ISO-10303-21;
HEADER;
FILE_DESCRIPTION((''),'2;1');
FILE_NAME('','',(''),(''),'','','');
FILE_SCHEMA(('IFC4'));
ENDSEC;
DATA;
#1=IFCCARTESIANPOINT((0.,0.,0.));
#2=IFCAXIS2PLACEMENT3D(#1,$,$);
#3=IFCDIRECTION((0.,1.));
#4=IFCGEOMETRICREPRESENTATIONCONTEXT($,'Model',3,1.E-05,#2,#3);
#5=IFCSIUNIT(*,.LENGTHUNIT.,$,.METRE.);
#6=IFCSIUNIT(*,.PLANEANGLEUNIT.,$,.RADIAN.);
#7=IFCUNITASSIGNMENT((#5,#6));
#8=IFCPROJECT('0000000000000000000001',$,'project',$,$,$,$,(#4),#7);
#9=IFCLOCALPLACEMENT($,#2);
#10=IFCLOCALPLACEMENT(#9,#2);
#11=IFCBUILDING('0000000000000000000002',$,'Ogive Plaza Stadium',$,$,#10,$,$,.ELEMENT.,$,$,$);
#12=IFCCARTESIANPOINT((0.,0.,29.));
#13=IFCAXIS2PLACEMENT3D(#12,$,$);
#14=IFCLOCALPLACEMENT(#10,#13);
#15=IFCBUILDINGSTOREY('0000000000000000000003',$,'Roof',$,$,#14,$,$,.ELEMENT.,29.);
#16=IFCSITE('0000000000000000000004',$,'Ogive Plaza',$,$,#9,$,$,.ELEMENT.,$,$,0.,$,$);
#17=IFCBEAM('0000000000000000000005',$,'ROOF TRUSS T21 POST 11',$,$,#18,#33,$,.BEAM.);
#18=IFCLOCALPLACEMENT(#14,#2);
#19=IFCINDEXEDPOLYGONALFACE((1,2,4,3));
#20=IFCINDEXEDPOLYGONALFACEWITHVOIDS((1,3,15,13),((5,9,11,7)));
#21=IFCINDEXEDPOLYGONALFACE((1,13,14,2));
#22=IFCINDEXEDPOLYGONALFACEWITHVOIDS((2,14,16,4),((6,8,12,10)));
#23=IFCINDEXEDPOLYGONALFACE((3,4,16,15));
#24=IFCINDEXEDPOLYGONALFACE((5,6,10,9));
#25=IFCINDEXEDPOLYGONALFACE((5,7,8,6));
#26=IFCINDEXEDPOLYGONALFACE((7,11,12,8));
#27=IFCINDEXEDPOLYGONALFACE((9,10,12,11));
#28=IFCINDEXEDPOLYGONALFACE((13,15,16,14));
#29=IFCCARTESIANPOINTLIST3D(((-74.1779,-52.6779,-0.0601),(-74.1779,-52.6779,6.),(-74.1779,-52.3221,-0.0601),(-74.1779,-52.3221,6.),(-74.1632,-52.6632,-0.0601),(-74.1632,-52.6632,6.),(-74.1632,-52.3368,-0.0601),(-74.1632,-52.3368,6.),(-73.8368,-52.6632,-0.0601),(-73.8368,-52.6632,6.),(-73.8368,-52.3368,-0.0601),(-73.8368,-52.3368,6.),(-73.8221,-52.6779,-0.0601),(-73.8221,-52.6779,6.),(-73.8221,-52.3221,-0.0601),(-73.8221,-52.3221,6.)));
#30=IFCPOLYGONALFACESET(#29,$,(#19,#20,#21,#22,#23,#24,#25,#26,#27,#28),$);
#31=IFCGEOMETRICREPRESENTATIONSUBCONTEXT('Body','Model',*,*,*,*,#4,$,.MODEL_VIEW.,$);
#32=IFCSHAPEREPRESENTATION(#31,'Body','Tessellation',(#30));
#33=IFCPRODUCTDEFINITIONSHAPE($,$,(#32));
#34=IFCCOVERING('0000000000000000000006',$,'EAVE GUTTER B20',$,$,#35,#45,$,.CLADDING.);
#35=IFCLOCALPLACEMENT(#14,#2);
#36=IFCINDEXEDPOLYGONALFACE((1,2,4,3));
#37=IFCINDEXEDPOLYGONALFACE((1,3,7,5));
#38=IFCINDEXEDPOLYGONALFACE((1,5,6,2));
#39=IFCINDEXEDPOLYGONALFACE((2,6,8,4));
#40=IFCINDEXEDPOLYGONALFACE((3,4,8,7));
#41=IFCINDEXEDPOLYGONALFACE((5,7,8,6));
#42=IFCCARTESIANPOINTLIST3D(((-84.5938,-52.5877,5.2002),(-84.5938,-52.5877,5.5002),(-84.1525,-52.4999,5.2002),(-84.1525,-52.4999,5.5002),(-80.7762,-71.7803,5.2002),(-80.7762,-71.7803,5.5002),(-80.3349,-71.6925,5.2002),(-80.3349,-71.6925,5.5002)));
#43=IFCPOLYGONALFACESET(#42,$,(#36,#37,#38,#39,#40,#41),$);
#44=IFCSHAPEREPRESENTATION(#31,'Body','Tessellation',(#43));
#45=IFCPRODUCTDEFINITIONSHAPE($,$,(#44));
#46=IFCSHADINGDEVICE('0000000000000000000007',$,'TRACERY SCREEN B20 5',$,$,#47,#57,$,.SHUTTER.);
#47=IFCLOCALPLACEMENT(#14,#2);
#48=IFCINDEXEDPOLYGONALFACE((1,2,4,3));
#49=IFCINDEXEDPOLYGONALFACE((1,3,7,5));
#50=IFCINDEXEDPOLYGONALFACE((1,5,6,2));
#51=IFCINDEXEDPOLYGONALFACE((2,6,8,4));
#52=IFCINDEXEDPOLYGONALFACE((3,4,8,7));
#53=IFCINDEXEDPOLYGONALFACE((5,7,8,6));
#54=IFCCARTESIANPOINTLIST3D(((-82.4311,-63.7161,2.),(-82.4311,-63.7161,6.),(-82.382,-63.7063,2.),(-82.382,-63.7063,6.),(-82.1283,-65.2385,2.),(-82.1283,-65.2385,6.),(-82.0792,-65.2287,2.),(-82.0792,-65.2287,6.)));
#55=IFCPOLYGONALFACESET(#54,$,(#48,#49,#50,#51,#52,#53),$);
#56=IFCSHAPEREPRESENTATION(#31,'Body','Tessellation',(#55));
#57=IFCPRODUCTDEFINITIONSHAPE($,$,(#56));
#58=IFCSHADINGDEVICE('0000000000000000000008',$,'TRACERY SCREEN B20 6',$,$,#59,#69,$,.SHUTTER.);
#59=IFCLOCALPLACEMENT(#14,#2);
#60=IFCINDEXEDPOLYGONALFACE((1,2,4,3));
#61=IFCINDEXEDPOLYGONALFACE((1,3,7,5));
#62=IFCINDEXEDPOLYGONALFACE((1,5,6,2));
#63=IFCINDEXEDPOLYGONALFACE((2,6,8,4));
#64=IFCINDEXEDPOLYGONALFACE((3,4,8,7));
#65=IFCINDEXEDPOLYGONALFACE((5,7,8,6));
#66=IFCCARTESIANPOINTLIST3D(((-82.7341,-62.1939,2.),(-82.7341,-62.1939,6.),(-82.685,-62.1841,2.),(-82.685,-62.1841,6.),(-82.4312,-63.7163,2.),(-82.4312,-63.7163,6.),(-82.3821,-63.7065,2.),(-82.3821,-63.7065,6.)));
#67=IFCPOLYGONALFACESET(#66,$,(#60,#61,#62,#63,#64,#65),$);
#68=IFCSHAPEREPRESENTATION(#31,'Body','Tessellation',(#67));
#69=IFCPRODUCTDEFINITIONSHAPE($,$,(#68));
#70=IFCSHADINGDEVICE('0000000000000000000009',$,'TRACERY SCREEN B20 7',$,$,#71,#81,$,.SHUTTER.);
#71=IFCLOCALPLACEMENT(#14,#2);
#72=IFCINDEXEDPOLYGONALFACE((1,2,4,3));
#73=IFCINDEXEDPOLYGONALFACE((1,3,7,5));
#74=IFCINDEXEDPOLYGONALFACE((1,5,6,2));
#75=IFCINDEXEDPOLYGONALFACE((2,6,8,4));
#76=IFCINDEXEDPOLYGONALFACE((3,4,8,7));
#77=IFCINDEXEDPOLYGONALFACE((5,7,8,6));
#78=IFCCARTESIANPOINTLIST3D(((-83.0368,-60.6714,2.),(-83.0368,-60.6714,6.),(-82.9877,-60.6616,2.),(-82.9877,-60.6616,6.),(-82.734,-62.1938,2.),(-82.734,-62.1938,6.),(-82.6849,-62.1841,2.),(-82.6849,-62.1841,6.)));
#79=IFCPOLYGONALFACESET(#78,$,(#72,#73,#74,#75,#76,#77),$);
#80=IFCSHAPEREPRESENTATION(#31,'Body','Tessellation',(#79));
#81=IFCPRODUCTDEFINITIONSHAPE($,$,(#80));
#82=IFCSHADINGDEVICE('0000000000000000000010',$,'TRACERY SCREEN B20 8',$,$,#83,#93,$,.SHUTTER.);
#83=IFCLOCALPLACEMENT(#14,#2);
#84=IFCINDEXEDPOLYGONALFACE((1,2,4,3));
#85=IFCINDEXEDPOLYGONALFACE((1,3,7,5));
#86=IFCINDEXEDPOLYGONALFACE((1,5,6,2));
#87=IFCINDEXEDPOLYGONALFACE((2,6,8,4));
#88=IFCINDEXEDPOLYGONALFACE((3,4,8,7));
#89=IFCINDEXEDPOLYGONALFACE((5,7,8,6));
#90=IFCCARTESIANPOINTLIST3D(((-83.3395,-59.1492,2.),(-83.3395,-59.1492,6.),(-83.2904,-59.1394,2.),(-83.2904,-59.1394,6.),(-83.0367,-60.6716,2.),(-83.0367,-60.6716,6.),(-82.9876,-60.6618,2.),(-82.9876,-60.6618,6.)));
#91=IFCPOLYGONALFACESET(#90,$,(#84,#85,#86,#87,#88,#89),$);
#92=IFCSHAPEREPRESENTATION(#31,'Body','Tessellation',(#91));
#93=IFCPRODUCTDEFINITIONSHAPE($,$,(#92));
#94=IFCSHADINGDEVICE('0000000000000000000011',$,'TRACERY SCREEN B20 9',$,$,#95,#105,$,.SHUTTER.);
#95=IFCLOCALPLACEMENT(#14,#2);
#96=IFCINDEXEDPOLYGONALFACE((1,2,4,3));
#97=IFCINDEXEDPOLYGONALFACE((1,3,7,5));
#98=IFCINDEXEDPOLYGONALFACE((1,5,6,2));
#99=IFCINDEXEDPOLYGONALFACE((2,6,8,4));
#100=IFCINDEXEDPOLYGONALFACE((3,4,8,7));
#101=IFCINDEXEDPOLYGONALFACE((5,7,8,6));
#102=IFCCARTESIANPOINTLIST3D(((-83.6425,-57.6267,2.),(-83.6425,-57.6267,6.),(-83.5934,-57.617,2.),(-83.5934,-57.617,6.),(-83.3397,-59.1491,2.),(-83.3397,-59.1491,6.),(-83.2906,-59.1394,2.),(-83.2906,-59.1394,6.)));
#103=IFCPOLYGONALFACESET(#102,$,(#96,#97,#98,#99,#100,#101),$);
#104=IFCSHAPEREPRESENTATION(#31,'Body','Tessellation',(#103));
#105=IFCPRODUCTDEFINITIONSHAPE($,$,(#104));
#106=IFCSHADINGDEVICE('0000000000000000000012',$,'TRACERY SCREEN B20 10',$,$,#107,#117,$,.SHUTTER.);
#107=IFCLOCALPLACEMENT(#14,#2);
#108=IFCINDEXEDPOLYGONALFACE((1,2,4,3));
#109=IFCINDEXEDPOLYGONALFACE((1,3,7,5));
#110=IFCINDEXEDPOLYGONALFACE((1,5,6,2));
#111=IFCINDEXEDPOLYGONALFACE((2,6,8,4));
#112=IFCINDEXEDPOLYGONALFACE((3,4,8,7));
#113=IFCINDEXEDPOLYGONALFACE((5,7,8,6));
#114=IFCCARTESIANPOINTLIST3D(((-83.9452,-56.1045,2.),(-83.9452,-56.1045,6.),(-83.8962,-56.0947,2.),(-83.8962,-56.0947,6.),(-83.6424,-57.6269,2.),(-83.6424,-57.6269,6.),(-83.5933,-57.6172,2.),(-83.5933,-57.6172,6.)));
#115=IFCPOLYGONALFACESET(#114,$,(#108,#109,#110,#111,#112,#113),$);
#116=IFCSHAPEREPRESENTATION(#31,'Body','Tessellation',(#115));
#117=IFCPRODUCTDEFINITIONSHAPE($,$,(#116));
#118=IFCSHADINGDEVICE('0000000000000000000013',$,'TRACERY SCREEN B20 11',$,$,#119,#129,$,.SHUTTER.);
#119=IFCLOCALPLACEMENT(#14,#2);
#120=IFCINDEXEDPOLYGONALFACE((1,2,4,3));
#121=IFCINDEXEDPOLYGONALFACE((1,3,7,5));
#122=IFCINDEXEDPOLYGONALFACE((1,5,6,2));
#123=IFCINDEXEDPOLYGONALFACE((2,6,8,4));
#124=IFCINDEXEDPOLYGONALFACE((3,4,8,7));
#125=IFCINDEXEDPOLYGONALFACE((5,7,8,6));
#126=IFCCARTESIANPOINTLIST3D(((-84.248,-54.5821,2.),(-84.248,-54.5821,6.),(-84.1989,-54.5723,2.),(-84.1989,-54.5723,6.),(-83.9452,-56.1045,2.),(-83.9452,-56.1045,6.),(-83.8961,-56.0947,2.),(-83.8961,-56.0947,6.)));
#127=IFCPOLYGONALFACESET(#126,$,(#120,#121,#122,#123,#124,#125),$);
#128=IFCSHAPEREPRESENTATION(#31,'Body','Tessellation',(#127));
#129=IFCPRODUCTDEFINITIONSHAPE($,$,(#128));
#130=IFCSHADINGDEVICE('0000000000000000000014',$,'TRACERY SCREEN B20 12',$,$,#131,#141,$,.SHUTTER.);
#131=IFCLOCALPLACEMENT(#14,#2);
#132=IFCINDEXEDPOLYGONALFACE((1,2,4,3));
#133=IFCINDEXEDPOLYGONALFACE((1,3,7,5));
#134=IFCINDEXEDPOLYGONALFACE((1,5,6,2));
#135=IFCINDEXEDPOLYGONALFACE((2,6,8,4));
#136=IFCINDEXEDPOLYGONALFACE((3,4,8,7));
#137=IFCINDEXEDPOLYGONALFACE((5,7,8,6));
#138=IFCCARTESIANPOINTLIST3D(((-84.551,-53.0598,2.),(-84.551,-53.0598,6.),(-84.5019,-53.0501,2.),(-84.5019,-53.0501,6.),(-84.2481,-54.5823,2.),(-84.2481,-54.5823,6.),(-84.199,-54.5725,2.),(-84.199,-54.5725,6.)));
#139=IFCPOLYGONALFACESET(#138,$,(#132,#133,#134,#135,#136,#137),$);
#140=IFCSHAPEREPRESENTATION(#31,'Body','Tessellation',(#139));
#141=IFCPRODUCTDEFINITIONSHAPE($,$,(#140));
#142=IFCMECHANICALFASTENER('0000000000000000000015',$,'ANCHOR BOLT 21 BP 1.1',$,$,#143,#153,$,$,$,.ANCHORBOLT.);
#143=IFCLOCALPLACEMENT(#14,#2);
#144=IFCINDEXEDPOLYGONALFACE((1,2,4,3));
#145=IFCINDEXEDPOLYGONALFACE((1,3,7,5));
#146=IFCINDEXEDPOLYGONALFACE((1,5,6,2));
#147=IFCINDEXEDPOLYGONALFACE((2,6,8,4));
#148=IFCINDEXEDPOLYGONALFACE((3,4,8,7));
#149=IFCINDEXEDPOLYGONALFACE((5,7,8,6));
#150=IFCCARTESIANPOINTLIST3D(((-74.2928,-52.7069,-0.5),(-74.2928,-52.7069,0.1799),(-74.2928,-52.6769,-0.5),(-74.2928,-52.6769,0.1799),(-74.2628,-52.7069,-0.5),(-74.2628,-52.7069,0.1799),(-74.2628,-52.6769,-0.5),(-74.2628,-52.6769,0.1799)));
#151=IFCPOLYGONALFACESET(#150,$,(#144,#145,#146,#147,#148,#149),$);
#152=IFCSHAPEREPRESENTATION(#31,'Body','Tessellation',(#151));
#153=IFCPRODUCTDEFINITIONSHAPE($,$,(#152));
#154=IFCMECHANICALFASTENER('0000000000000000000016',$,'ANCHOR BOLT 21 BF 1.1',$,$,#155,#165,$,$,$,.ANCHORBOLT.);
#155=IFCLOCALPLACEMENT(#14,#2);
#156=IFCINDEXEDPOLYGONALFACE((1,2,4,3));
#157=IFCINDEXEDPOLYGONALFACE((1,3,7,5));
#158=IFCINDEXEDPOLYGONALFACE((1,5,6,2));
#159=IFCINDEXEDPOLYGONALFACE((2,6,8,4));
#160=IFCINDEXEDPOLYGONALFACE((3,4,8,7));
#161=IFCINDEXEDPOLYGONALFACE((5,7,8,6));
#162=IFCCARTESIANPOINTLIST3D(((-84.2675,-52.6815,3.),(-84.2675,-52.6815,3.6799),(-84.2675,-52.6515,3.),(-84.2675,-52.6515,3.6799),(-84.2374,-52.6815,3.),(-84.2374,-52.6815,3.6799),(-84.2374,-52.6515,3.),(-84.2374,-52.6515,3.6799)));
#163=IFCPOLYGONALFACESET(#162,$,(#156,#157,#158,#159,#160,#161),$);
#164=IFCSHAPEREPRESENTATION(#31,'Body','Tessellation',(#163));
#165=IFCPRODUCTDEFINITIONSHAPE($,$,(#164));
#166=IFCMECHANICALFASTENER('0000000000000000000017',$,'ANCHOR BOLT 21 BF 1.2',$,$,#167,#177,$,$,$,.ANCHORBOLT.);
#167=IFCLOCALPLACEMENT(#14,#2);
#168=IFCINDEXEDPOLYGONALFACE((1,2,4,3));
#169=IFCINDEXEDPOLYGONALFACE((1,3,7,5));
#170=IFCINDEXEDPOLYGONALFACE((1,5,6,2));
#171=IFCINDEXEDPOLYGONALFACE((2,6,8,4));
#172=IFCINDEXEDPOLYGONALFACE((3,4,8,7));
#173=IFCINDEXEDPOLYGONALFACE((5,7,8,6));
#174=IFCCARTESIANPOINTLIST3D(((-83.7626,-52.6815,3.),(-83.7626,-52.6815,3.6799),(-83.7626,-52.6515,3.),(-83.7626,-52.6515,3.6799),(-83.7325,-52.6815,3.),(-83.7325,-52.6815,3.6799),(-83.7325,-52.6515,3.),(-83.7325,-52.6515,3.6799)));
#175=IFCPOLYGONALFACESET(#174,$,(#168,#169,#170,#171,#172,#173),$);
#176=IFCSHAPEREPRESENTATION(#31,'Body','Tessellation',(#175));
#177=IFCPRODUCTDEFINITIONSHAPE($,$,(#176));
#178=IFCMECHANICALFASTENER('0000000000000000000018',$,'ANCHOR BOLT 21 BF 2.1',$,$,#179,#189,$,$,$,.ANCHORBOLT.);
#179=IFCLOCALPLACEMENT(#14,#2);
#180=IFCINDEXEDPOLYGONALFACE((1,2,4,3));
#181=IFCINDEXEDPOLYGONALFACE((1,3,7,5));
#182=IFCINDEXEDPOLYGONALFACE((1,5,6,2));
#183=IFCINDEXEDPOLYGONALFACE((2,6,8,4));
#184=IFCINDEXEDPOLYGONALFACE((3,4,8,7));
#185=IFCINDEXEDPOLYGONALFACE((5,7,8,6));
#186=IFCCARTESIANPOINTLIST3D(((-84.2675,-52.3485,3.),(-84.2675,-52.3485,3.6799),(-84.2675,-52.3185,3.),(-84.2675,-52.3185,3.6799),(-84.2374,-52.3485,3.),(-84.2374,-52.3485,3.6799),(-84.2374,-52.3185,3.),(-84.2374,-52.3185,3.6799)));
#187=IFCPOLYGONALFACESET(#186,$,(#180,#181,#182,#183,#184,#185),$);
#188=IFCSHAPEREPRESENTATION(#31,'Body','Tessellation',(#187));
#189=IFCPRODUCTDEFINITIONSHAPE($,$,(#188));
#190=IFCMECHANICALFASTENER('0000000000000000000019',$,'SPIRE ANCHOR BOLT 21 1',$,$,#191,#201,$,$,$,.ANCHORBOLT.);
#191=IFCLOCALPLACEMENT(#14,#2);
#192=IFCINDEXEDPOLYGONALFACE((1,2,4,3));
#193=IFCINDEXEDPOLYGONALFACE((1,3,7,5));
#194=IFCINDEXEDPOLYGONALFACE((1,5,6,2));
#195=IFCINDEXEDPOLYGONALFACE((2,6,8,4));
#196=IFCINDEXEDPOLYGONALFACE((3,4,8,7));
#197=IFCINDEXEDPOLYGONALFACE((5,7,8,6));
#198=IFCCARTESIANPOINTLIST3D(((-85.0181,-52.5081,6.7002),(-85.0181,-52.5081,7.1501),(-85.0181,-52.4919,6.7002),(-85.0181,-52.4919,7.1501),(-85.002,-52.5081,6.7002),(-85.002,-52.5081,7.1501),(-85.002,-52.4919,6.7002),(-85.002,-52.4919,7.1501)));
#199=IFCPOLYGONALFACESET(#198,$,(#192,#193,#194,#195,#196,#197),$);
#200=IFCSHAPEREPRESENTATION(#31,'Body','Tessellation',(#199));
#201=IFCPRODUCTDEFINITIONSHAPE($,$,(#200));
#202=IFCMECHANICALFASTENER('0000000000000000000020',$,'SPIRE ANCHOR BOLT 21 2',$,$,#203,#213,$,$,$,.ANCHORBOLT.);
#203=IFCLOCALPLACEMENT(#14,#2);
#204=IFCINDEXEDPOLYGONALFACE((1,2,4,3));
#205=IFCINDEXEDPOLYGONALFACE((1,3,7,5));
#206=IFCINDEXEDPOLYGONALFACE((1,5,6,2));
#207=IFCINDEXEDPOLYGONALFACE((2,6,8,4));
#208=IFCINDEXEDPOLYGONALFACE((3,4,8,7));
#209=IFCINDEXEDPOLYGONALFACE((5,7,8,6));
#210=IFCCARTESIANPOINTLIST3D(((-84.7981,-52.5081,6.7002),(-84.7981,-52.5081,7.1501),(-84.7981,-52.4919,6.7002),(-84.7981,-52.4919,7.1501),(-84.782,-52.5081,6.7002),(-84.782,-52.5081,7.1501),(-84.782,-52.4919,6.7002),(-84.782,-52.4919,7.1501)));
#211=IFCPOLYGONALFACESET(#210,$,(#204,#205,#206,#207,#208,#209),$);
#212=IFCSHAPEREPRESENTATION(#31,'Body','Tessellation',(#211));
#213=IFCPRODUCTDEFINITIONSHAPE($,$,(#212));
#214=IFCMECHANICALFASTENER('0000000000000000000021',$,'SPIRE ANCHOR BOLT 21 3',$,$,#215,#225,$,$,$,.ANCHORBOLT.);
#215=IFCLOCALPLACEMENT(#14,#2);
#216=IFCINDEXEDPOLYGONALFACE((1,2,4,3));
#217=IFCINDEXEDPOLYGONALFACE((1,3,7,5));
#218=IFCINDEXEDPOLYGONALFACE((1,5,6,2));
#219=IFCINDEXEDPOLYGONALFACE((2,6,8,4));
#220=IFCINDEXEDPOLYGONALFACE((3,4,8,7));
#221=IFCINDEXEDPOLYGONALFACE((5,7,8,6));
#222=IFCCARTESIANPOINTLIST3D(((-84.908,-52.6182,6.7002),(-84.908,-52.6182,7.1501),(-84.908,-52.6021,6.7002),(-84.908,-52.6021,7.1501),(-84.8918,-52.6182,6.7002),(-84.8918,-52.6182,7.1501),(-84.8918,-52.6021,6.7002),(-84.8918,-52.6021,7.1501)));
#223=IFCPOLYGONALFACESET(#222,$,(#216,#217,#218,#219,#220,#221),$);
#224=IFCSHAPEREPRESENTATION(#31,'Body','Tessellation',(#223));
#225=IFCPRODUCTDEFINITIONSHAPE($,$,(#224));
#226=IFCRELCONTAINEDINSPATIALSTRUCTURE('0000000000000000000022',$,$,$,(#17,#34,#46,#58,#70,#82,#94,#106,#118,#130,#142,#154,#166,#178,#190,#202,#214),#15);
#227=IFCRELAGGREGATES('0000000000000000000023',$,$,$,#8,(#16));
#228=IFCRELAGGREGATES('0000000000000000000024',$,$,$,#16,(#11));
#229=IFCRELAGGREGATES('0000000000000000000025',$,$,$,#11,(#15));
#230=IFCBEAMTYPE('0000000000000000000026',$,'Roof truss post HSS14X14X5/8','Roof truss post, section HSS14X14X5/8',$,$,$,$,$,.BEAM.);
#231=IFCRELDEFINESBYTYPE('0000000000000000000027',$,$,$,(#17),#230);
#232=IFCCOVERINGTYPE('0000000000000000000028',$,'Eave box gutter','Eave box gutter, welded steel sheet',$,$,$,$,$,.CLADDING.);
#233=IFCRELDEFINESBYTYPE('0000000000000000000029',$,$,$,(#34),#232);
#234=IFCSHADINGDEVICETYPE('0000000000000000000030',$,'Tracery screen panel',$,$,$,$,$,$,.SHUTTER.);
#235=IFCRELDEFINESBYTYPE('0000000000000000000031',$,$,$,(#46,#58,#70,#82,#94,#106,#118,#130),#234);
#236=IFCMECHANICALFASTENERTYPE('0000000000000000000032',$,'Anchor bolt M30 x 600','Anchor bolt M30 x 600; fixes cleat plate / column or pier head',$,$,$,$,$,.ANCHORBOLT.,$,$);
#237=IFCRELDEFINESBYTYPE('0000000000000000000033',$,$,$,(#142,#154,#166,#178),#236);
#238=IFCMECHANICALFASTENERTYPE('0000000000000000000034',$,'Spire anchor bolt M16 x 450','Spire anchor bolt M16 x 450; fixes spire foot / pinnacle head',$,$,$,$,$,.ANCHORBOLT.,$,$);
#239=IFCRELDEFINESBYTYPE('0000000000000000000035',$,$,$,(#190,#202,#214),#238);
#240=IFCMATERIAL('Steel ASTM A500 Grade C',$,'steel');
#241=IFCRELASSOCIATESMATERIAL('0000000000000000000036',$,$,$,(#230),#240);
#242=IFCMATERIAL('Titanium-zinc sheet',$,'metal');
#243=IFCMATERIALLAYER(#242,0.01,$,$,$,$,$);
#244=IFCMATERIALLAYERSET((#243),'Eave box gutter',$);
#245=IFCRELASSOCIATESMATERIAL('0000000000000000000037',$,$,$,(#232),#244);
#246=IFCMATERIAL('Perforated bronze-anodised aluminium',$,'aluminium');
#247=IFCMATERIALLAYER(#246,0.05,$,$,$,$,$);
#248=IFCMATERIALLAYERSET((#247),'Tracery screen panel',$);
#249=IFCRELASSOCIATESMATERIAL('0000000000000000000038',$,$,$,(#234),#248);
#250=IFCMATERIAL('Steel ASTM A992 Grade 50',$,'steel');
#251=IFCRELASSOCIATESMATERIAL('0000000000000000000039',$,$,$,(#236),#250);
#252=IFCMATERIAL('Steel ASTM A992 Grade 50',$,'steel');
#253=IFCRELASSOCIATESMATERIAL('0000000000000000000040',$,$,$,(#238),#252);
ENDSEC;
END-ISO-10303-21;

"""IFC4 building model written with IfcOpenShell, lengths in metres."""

from ifc_helpers import new_model, si_unit, direction, frame, origin, origin_2d, place, context, subcontext, project, spatial, rectangle, hollow_rectangle, extrude, material, layer, layer_set, material_profile, profile_set, type_object, element, save


model = new_model("IFC4")

# Units and contexts
model_context = context("Model", 3, precision=1e-05, world=origin(), true_north=direction((0.0, 1.0)))
body_context = subcontext(model_context, "Body", "Model", "MODEL_VIEW")
ifc_project = project(units=[si_unit("LENGTHUNIT", "METRE"), si_unit("PLANEANGLEUNIT", "RADIAN")], contexts=[model_context])

# Site, building, storey
site_placement = place(None, origin())
site = spatial("IfcSite", under=ifc_project, at=site_placement, Name="Ogive Plaza", CompositionType="ELEMENT", RefElevation=0.0)
building_placement = place(site_placement, origin())
building = spatial("IfcBuilding", under=site, at=building_placement, Name="Ogive Plaza Stadium", CompositionType="ELEMENT")
storey_placement = place(building_placement, frame((0.0, 0.0, 29.0)))
storey = spatial("IfcBuildingStorey", under=building, at=storey_placement, Name="Roof", CompositionType="ELEMENT", Elevation=29.0)

# Beam
ifc_material_1 = material(Name="Steel ASTM A500 Grade C", Category="steel")
ifc_material_profile_1 = material_profile(ifc_material_1, hollow_rectangle(XDim=0.3557, YDim=0.3557, WallThickness=0.0146, at=origin_2d()), Name="HSS14X14X5/8")
ifc_profile_set_1 = profile_set([ifc_material_profile_1], Name="Steel ASTM A500 Grade C")
beam_type_1 = type_object("IfcBeamType", Name="Roof truss post HSS14X14X5/8", Description="Roof truss post, section HSS14X14X5/8", PredefinedType="BEAM", material=ifc_profile_set_1)
beam_1_placement = place(storey_placement, frame((-74.0, -52.5, -0.0601), z_axis=(0.0, 0.0, 1.0), x_axis=(0.0, -1.0, 0.0)))
element("IfcBeam", 1, at=beam_1_placement, inside=storey, type_object=beam_type_1, Name="ROOF TRUSS T21 POST 11", PredefinedType="BEAM", context=body_context, shape_type="SweptSolid", body=[
    extrude(hollow_rectangle(XDim=0.3557, YDim=0.3557, WallThickness=0.0146, at=origin_2d()), origin(), (0.0, 0.0, 1.0), 6.0601),
])

# Covering
ifc_material_2 = material(Name="Titanium-zinc sheet", Category="metal")
ifc_layer_1 = layer(ifc_material_2, 0.01)
ifc_layer_set_1 = layer_set([ifc_layer_1], Name="Eave box gutter")
covering_type = type_object("IfcCoveringType", Name="Eave box gutter", Description="Eave box gutter, welded steel sheet", PredefinedType="CLADDING", material=ifc_layer_set_1)
covering_placement = place(storey_placement, frame((-82.4644, -62.1401, 5.2002), z_axis=(0.0, 0.0, 1.0), x_axis=(-0.19509, 0.980785, 0.0)))
element("IfcCovering", 2, at=covering_placement, inside=storey, type_object=covering_type, Name="EAVE GUTTER B20", PredefinedType="CLADDING", context=body_context, shape_type="SweptSolid", body=[
    extrude(rectangle(XDim=19.5686, YDim=0.45, at=origin_2d()), origin(), (0.0, 0.0, 1.0), 0.3),
])

# Shading devices
ifc_material_3 = material(Name="Perforated bronze-anodised aluminium", Category="aluminium")
ifc_layer_2 = layer(ifc_material_3, 0.05)
ifc_layer_set_2 = layer_set([ifc_layer_2], Name="Tracery screen panel")
shading_device_type = type_object("IfcShadingDeviceType", Name="Tracery screen panel", PredefinedType="SHUTTER", material=ifc_layer_set_2)
for number, where, z_axis, x_axis, name in (
    (3, (-82.2551, -64.4724, 2.0), (0.0, 0.0, 1.0), (-0.19509, 0.980785, 0.0), "TRACERY SCREEN B20 5"),
    (4, (-82.5581, -62.9502, 2.0), (0.0, 0.0, 1.0), (-0.19509, 0.980785, 0.0), "TRACERY SCREEN B20 6"),
    (5, (-82.8608, -61.4277, 2.0), (0.0, 0.0, 1.0), (-0.19509, 0.980785, 0.0), "TRACERY SCREEN B20 7"),
    (6, (-83.1636, -59.9055, 2.0), (0.0, 0.0, 1.0), (-0.19509, 0.980785, 0.0), "TRACERY SCREEN B20 8"),
    (7, (-83.4666, -58.3831, 2.0), (0.0, 0.0, 1.0), (-0.19509, 0.980785, 0.0), "TRACERY SCREEN B20 9"),
    (8, (-83.7693, -56.8608, 2.0), (0.0, 0.0, 1.0), (-0.19509, 0.980785, 0.0), "TRACERY SCREEN B20 10"),
    (9, (-84.072, -55.3384, 2.0), (0.0, 0.0, 1.0), (-0.19509, 0.980785, 0.0), "TRACERY SCREEN B20 11"),
    (10, (-84.375, -53.8162, 2.0), (0.0, 0.0, 1.0), (-0.19509, 0.980785, 0.0), "TRACERY SCREEN B20 12"),
):
    element("IfcShadingDevice", number, at=place(storey_placement, frame(where, z_axis=z_axis, x_axis=x_axis)), inside=storey, type_object=shading_device_type, Name=name, PredefinedType="SHUTTER", context=body_context, shape_type="SweptSolid", body=[
        extrude(rectangle(XDim=1.5522, YDim=0.05, at=origin_2d()), origin(), (0.0, 0.0, 1.0), 4.0),
    ])

# Mechanical fasteners
ifc_material_4 = material(Name="Steel ASTM A992 Grade 50", Category="steel")
mechanical_fastener_type_1 = type_object("IfcMechanicalFastenerType", Name="Anchor bolt M30 x 600", Description="Anchor bolt M30 x 600; fixes cleat plate / column or pier head", PredefinedType="ANCHORBOLT", material=ifc_material_4)
for number, where, z_axis, x_axis, name in (
    (11, (-74.2778, -52.6919, -0.5), (0.0, 0.0, 1.0), (-1.0, 0.0, 0.0), "ANCHOR BOLT 21 BP 1.1"),
    (12, (-84.2524, -52.6665, 3.0), (0.0, 0.0, 1.0), (-1.0, 0.0, 0.0), "ANCHOR BOLT 21 BF 1.1"),
    (13, (-83.7476, -52.6665, 3.0), (0.0, 0.0, 1.0), (-1.0, 0.0, 0.0), "ANCHOR BOLT 21 BF 1.2"),
    (14, (-84.2524, -52.3335, 3.0), (0.0, 0.0, 1.0), (-1.0, 0.0, 0.0), "ANCHOR BOLT 21 BF 2.1"),
):
    element("IfcMechanicalFastener", number, at=place(storey_placement, frame(where, z_axis=z_axis, x_axis=x_axis)), inside=storey, type_object=mechanical_fastener_type_1, Name=name, PredefinedType="ANCHORBOLT", context=body_context, shape_type="SweptSolid", body=[
        extrude(rectangle(XDim=0.03, YDim=0.03, at=origin_2d()), origin(), (0.0, 0.0, 1.0), 0.6799),
    ])
ifc_material_5 = material(Name="Steel ASTM A992 Grade 50", Category="steel")
mechanical_fastener_type_2 = type_object("IfcMechanicalFastenerType", Name="Spire anchor bolt M16 x 450", Description="Spire anchor bolt M16 x 450; fixes spire foot / pinnacle head", PredefinedType="ANCHORBOLT", material=ifc_material_5)
for number, where, z_axis, x_axis, name in (
    (15, (-85.01, -52.5, 6.7002), (0.0, 0.0, 1.0), (-1.0, 0.0, 0.0), "SPIRE ANCHOR BOLT 21 1"),
    (16, (-84.79, -52.5, 6.7002), (0.0, 0.0, 1.0), (-1.0, 0.0, 0.0), "SPIRE ANCHOR BOLT 21 2"),
    (17, (-84.8999, -52.6101, 6.7002), (0.0, 0.0, 1.0), (-1.0, 0.0, 0.0), "SPIRE ANCHOR BOLT 21 3"),
):
    element("IfcMechanicalFastener", number, at=place(storey_placement, frame(where, z_axis=z_axis, x_axis=x_axis)), inside=storey, type_object=mechanical_fastener_type_2, Name=name, PredefinedType="ANCHORBOLT", context=body_context, shape_type="SweptSolid", body=[
        extrude(rectangle(XDim=0.0161, YDim=0.0161, at=origin_2d()), origin(), (0.0, 0.0, 1.0), 0.45),
    ])

save(model, "model.ifc")
